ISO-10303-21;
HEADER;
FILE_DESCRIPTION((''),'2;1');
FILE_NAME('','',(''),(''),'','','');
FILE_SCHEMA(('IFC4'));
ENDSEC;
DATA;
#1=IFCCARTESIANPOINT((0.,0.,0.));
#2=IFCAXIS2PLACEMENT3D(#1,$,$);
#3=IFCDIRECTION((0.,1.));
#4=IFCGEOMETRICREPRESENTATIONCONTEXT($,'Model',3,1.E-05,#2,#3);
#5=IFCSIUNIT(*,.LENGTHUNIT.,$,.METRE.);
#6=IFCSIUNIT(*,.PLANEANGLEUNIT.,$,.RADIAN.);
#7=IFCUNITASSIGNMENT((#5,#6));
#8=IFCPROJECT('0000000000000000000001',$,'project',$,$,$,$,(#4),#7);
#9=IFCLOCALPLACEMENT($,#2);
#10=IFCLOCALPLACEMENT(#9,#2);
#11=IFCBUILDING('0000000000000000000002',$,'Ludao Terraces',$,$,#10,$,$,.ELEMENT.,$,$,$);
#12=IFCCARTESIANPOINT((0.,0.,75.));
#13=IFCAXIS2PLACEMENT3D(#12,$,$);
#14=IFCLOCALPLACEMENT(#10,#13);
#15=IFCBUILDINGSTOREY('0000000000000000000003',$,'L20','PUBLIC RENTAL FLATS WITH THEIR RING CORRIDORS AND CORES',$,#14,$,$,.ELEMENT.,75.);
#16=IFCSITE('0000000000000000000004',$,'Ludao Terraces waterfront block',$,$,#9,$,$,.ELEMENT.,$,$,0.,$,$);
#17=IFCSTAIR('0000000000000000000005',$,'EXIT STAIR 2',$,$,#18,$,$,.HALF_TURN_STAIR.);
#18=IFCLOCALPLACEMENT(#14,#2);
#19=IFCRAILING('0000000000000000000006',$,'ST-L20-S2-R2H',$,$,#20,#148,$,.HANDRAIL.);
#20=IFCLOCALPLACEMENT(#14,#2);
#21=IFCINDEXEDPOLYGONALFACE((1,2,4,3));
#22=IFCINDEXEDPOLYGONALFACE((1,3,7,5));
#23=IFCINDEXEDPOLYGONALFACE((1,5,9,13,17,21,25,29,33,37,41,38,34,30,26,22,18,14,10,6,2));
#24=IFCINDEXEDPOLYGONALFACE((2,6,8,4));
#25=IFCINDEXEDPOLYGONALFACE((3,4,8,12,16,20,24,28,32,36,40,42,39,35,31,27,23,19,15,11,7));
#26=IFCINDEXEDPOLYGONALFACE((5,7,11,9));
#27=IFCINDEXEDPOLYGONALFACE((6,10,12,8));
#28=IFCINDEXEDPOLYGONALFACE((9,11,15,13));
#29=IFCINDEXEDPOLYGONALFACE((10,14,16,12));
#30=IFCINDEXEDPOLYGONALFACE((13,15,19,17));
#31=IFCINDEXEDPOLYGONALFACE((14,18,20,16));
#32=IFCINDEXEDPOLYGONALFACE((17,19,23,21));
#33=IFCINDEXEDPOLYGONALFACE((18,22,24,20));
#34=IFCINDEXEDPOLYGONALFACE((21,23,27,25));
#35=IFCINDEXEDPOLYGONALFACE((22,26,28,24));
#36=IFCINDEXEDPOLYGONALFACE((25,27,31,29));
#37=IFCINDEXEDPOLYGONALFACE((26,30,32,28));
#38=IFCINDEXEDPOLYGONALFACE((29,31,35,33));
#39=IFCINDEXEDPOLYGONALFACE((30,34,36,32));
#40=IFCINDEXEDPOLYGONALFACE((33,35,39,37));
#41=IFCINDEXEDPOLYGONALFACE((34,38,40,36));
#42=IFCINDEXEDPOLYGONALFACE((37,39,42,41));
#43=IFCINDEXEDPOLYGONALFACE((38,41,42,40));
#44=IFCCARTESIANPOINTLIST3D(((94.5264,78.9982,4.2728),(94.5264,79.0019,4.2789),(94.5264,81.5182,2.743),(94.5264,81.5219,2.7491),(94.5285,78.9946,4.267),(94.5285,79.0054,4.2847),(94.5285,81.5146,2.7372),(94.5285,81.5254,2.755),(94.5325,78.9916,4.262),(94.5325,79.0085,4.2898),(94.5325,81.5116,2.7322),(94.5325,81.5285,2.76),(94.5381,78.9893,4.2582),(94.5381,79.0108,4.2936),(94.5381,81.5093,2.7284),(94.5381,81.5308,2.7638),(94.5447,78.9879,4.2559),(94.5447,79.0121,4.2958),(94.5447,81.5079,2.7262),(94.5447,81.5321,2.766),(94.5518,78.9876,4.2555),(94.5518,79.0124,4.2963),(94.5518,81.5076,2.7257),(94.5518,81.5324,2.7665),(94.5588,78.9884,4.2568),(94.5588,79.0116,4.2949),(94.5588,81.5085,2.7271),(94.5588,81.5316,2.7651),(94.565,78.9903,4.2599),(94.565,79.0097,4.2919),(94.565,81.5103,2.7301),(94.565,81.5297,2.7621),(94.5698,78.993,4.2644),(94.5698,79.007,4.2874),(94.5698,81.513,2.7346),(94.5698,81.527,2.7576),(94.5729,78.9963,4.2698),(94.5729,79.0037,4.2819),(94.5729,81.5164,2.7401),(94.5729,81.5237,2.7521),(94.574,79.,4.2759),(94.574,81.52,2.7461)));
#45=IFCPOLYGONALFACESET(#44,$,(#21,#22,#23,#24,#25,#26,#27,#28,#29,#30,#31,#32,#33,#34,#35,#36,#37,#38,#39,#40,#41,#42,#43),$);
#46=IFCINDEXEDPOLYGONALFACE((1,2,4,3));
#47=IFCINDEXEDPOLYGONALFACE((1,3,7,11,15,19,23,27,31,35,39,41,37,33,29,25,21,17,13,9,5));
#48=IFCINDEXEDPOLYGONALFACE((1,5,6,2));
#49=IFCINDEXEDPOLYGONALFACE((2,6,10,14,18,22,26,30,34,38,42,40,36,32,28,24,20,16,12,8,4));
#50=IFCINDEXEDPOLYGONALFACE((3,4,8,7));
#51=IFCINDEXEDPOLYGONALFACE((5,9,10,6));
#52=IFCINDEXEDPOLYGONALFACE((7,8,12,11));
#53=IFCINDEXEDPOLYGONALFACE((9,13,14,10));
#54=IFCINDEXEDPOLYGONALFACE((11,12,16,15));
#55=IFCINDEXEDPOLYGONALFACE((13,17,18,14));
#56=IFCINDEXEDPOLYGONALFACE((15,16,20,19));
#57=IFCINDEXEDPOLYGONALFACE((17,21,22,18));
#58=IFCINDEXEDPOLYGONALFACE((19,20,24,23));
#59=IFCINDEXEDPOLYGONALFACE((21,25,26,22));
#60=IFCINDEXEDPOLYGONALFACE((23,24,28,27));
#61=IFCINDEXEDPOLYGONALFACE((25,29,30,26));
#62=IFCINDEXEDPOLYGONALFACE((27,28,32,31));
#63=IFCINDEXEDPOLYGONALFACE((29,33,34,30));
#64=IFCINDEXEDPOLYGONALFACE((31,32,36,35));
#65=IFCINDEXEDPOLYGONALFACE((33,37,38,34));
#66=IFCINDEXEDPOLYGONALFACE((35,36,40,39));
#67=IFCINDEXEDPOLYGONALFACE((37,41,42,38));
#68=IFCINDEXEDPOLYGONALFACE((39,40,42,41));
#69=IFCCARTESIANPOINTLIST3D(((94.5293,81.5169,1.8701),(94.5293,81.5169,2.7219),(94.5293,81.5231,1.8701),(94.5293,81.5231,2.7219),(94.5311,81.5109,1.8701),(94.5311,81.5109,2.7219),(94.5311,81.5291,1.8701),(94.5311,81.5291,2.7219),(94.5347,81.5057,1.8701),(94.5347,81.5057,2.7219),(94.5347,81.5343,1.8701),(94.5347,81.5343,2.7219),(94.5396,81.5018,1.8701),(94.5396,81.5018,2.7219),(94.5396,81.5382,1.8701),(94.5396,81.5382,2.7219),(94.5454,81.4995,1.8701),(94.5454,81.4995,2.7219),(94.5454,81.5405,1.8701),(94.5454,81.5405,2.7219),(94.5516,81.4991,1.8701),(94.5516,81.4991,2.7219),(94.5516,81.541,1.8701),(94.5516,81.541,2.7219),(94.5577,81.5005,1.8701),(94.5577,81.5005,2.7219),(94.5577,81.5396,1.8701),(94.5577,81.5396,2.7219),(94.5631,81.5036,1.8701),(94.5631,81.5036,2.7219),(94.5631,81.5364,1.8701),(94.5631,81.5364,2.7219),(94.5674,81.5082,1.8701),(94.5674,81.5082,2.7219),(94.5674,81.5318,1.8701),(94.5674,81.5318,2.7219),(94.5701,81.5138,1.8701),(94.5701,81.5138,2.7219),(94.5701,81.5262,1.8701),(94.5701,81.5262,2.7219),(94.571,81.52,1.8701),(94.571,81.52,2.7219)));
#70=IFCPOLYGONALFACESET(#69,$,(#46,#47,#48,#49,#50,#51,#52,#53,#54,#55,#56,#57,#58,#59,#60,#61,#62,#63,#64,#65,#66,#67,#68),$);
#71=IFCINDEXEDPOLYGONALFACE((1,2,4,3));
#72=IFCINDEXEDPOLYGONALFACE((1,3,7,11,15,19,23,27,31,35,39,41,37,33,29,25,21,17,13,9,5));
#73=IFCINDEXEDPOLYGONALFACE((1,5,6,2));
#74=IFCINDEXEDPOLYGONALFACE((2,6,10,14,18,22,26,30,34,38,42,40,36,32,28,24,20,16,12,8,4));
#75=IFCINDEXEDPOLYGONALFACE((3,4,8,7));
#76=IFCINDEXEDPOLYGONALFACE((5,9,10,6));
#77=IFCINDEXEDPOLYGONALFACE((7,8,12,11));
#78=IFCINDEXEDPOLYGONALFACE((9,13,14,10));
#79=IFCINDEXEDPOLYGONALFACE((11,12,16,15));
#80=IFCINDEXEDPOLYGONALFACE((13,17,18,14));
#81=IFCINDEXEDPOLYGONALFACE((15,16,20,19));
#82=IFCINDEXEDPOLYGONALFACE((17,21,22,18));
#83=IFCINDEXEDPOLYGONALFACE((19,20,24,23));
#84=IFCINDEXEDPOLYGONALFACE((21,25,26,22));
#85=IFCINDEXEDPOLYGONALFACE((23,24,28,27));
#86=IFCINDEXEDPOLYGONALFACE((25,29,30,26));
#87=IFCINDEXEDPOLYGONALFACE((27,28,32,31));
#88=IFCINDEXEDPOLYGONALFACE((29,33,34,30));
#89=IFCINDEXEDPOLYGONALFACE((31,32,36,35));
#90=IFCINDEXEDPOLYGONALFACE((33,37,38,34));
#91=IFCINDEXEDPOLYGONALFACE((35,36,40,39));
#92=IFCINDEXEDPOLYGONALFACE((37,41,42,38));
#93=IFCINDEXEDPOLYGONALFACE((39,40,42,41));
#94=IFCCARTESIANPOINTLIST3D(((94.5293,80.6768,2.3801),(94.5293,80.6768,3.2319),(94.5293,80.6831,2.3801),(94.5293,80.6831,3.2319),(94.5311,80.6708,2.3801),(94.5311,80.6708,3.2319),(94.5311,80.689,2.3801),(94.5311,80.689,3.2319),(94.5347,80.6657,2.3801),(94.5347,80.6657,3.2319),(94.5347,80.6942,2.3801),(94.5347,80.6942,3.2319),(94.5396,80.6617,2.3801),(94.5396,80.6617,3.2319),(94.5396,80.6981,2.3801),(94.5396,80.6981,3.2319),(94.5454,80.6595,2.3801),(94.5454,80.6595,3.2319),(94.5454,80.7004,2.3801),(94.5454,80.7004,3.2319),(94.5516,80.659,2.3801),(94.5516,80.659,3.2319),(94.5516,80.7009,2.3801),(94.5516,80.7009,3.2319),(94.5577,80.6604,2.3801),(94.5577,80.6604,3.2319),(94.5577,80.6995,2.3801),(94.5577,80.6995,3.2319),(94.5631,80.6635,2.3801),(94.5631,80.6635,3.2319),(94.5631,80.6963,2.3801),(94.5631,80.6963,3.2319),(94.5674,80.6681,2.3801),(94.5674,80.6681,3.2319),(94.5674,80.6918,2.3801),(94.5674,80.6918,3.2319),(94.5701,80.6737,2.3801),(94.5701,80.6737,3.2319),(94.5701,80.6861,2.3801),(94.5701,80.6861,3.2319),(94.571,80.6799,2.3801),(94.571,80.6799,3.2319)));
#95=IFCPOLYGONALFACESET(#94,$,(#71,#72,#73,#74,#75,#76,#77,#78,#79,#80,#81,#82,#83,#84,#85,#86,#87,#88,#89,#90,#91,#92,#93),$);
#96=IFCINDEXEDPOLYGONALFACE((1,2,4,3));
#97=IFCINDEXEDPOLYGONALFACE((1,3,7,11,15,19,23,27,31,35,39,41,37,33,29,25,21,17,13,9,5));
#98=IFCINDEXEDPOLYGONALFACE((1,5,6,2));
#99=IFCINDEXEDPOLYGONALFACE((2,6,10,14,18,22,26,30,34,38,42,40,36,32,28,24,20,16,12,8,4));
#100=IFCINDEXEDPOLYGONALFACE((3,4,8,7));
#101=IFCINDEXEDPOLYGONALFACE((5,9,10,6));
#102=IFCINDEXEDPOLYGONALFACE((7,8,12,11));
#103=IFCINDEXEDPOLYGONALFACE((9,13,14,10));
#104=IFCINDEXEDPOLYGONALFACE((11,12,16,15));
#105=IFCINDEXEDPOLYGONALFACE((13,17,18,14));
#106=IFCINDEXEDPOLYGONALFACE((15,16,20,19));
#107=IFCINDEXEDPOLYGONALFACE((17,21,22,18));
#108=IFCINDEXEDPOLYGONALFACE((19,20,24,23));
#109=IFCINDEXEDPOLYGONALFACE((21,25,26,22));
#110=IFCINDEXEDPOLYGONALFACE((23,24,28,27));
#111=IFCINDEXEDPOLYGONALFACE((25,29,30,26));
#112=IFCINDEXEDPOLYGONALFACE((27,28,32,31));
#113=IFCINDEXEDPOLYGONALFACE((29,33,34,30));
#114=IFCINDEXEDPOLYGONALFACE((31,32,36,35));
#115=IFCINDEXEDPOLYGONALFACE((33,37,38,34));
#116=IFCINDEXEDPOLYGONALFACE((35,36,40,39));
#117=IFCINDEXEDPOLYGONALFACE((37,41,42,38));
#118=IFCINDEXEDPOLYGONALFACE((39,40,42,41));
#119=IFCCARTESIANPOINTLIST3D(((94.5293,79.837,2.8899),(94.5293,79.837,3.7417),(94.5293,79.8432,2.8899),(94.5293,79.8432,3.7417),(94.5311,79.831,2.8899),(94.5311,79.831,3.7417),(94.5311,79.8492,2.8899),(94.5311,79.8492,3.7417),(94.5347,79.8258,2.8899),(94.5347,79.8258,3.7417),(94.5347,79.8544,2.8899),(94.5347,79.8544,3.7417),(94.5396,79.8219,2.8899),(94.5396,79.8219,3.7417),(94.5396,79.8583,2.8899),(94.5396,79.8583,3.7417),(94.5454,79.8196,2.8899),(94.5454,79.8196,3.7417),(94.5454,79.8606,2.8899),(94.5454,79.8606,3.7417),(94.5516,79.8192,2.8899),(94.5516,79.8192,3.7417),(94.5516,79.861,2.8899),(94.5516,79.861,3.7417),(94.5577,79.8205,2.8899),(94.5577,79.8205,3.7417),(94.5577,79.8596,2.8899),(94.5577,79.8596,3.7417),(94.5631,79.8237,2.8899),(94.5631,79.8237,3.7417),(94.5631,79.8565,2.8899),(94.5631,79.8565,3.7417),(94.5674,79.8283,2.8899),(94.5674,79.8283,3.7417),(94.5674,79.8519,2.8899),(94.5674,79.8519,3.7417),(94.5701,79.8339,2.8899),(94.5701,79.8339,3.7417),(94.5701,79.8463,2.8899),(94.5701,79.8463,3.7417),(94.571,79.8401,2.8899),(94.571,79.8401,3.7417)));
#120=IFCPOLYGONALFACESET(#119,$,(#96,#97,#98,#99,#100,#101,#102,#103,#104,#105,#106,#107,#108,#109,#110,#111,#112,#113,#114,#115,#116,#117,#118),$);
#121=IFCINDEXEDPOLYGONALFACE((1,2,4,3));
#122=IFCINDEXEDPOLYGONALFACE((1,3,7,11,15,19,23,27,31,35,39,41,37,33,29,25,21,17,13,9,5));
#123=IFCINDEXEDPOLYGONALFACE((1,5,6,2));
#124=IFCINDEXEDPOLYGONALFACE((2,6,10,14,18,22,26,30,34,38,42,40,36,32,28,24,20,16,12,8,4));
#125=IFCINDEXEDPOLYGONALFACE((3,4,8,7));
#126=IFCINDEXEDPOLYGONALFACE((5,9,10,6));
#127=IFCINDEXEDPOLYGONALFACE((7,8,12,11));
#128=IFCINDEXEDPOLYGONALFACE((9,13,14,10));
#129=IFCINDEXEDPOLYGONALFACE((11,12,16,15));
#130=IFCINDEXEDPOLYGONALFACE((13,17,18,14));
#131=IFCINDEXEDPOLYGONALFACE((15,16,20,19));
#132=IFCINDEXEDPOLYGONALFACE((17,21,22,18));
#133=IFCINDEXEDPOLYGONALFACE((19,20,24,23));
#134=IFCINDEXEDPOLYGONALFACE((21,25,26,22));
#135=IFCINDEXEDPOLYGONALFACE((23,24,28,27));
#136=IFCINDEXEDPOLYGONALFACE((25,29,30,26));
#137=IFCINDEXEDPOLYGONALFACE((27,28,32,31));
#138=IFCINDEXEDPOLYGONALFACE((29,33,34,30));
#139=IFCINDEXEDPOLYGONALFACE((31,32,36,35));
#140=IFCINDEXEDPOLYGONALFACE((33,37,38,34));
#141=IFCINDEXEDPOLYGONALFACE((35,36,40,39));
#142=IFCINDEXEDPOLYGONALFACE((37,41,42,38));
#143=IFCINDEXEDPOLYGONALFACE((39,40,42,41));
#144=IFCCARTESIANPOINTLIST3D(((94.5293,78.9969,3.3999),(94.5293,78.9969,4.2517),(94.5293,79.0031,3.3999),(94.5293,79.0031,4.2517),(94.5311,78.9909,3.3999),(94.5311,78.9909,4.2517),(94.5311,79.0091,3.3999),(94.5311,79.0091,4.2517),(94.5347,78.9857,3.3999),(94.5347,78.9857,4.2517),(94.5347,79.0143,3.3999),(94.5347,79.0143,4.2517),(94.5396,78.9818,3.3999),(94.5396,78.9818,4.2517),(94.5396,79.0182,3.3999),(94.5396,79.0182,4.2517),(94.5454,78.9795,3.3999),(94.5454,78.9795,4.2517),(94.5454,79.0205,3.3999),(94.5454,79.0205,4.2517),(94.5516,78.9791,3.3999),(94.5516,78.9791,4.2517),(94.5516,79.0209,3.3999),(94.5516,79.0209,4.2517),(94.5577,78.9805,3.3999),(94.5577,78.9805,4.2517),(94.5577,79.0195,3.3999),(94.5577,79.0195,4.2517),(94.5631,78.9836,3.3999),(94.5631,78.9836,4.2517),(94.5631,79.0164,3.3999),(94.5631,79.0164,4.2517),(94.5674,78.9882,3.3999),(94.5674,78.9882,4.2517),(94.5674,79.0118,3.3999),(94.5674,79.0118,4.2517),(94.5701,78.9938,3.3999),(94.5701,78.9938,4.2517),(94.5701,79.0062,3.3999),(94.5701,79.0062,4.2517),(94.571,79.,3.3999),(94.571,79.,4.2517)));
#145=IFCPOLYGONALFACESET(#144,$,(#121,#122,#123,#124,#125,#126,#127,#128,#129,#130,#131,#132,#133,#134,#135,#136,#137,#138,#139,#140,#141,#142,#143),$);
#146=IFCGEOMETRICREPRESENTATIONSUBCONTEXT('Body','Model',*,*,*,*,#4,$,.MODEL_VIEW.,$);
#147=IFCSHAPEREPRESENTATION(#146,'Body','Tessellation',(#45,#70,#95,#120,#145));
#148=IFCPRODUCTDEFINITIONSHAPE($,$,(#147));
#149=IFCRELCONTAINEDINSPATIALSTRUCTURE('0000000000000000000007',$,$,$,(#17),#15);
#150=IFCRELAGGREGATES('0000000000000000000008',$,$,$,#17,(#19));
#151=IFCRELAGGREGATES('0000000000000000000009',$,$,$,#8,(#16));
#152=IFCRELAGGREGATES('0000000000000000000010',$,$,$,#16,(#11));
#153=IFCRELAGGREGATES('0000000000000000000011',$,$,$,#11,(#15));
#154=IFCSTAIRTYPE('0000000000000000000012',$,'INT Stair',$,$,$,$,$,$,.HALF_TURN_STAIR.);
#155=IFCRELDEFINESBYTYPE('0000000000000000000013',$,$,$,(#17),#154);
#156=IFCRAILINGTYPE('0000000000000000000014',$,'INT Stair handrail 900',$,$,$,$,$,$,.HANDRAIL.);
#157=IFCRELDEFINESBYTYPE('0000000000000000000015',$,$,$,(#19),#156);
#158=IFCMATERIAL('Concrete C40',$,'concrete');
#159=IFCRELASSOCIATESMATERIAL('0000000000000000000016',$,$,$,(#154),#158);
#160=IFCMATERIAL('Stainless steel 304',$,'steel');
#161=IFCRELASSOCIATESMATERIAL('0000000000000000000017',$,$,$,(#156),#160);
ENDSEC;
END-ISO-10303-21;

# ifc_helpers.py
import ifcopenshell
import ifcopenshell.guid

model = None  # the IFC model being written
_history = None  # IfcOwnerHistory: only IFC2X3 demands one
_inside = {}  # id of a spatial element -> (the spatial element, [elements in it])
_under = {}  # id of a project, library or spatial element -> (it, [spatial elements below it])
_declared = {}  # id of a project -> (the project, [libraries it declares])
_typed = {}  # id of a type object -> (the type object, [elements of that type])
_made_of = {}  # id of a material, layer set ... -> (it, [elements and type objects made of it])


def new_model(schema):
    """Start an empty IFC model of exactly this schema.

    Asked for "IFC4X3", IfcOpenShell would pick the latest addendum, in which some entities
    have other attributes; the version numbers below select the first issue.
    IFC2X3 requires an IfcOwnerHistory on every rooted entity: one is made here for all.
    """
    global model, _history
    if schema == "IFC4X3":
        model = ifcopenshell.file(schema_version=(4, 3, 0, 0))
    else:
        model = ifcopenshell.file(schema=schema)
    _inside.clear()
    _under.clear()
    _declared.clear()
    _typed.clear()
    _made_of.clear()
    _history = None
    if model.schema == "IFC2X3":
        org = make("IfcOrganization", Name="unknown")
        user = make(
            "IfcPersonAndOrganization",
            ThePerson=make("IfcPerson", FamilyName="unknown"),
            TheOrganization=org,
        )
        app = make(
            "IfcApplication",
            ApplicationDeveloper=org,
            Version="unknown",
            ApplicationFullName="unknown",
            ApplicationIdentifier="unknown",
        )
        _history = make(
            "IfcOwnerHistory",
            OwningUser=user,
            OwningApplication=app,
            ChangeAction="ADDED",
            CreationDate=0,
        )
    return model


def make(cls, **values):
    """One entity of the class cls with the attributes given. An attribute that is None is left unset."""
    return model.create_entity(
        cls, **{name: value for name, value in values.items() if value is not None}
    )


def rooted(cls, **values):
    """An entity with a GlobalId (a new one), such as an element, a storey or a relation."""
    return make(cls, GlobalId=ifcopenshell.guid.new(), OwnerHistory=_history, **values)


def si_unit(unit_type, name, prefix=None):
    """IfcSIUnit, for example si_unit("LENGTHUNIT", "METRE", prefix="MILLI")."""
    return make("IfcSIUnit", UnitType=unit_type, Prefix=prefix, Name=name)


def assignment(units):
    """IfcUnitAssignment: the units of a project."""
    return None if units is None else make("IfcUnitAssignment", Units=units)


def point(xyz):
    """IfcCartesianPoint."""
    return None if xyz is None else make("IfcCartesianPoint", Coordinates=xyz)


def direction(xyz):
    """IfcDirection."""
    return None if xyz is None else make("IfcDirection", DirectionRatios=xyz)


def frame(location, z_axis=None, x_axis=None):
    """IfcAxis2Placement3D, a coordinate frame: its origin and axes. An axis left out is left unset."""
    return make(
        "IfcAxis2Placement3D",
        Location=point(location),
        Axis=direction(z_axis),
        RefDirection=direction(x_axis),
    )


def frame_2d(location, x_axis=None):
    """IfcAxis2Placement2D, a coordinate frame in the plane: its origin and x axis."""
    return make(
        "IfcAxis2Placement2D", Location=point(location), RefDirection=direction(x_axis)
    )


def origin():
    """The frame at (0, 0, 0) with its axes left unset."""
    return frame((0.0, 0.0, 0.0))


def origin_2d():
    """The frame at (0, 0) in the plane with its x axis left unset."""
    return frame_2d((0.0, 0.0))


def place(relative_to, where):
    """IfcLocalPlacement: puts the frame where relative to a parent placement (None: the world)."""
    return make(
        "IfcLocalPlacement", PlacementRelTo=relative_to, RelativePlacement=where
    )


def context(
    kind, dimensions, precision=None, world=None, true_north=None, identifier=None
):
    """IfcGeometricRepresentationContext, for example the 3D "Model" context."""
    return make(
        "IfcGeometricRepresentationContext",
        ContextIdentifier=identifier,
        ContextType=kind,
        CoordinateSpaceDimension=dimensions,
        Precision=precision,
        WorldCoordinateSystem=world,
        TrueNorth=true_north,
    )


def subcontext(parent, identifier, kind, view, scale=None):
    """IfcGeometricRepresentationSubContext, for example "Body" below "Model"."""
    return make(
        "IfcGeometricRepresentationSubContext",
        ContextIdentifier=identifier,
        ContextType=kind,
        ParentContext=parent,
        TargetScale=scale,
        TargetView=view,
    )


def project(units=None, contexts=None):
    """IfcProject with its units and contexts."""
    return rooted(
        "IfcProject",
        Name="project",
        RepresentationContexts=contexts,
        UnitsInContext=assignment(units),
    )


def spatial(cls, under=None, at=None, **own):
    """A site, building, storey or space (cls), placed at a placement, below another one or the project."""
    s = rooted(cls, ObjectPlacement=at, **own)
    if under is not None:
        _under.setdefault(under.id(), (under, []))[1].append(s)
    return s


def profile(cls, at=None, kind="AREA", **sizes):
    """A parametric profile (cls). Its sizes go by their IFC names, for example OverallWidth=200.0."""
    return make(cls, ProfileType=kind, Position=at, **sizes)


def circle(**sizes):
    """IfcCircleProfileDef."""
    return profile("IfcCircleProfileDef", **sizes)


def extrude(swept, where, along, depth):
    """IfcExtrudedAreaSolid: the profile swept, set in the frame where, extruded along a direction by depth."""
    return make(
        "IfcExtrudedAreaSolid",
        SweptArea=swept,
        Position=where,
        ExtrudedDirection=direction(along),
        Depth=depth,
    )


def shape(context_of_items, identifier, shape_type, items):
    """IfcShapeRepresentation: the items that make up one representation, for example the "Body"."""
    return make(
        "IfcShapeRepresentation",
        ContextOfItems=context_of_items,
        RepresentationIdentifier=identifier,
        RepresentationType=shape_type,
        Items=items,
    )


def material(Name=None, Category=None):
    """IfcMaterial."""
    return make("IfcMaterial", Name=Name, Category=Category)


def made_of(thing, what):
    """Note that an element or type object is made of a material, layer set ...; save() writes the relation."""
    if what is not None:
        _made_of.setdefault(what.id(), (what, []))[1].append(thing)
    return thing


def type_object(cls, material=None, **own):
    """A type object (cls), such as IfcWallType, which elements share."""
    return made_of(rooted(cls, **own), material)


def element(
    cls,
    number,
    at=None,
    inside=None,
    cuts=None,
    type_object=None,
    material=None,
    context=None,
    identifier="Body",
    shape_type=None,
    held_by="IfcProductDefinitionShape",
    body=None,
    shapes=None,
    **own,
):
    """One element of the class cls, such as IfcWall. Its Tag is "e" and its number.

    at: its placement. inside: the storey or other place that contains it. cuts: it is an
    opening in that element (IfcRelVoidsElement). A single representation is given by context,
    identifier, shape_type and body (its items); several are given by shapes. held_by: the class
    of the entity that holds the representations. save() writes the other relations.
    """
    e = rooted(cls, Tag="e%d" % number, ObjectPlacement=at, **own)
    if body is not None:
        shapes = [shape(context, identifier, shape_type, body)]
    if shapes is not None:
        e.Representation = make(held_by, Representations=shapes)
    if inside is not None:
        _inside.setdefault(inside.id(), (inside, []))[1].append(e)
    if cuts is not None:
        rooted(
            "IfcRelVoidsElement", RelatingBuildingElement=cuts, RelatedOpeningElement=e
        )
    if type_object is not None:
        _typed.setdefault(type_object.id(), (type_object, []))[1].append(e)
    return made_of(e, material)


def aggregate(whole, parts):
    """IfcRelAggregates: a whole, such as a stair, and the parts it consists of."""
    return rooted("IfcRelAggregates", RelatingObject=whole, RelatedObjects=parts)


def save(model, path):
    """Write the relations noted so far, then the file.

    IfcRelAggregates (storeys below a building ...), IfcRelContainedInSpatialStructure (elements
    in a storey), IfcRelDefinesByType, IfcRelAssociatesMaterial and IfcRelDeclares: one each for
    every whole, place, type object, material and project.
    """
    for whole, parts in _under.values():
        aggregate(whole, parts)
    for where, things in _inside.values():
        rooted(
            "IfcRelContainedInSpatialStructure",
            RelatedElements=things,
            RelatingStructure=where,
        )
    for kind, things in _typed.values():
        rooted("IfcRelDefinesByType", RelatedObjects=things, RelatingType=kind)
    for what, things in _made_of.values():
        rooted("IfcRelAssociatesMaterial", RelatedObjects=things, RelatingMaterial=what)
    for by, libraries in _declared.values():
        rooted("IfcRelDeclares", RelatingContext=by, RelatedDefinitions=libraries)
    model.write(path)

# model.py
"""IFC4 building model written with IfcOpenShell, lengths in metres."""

from ifc_helpers import new_model, si_unit, direction, frame, origin, origin_2d, place, context, subcontext, project, spatial, circle, extrude, material, type_object, element, aggregate, save


model = new_model("IFC4")

# Units and contexts
model_context = context("Model", 3, precision=1e-05, world=origin(), true_north=direction((0.0, 1.0)))
body_context = subcontext(model_context, "Body", "Model", "MODEL_VIEW")
ifc_project = project(units=[si_unit("LENGTHUNIT", "METRE"), si_unit("PLANEANGLEUNIT", "RADIAN")], contexts=[model_context])

# Site, building, storey
site_placement = place(None, origin())
site = spatial("IfcSite", under=ifc_project, at=site_placement, Name="Ludao Terraces waterfront block", CompositionType="ELEMENT", RefElevation=0.0)
building_placement = place(site_placement, origin())
building = spatial("IfcBuilding", under=site, at=building_placement, Name="Ludao Terraces", CompositionType="ELEMENT")
storey_placement = place(building_placement, frame((0.0, 0.0, 75.0)))
storey = spatial("IfcBuildingStorey", under=building, at=storey_placement, Name="L20", Description="PUBLIC RENTAL FLATS WITH THEIR RING CORRIDORS AND CORES", CompositionType="ELEMENT", Elevation=75.0)

# Shared definitions
ifc_material_1 = material(Name="Concrete C40", Category="concrete")

# Stair, railing
stair_type = type_object("IfcStairType", Name="INT Stair", PredefinedType="HALF_TURN_STAIR", material=ifc_material_1)
stair_placement = place(storey_placement, origin())
stair = element("IfcStair", 1, at=stair_placement, inside=storey, type_object=stair_type, Name="EXIT STAIR 2", PredefinedType="HALF_TURN_STAIR")
ifc_material_2 = material(Name="Stainless steel 304", Category="steel")
railing_type_1 = type_object("IfcRailingType", Name="INT Stair handrail 900", PredefinedType="HANDRAIL", material=ifc_material_2)
railing_1_placement = place(storey_placement, frame((94.55, 81.52, 1.8701)))
railing_1 = element("IfcRailing", 2, at=railing_1_placement, type_object=railing_type_1, Name="ST-L20-S2-R2H", PredefinedType="HANDRAIL", context=body_context, shape_type="SweptSolid", body=[
    extrude(circle(Radius=0.0239, at=origin_2d()), frame((0.0, 0.0, 0.876), z_axis=(0.0, -0.854822, 0.518922), x_axis=(1.0, 0.0, 0.0)), (0.0, 0.0, 1.0), 2.948),
    extrude(circle(Radius=0.021, at=origin_2d()), origin(), (0.0, 0.0, 1.0), 0.8518),
    extrude(circle(Radius=0.021, at=origin_2d()), frame((0.0, -0.8401, 0.51)), (0.0, 0.0, 1.0), 0.8518),
    extrude(circle(Radius=0.021, at=origin_2d()), frame((0.0, -1.6799, 1.0198)), (0.0, 0.0, 1.0), 0.8518),
    extrude(circle(Radius=0.021, at=origin_2d()), frame((0.0, -2.52, 1.5298)), (0.0, 0.0, 1.0), 0.8518),
])
aggregate(stair, [railing_1])

save(model, "model.ifc")
